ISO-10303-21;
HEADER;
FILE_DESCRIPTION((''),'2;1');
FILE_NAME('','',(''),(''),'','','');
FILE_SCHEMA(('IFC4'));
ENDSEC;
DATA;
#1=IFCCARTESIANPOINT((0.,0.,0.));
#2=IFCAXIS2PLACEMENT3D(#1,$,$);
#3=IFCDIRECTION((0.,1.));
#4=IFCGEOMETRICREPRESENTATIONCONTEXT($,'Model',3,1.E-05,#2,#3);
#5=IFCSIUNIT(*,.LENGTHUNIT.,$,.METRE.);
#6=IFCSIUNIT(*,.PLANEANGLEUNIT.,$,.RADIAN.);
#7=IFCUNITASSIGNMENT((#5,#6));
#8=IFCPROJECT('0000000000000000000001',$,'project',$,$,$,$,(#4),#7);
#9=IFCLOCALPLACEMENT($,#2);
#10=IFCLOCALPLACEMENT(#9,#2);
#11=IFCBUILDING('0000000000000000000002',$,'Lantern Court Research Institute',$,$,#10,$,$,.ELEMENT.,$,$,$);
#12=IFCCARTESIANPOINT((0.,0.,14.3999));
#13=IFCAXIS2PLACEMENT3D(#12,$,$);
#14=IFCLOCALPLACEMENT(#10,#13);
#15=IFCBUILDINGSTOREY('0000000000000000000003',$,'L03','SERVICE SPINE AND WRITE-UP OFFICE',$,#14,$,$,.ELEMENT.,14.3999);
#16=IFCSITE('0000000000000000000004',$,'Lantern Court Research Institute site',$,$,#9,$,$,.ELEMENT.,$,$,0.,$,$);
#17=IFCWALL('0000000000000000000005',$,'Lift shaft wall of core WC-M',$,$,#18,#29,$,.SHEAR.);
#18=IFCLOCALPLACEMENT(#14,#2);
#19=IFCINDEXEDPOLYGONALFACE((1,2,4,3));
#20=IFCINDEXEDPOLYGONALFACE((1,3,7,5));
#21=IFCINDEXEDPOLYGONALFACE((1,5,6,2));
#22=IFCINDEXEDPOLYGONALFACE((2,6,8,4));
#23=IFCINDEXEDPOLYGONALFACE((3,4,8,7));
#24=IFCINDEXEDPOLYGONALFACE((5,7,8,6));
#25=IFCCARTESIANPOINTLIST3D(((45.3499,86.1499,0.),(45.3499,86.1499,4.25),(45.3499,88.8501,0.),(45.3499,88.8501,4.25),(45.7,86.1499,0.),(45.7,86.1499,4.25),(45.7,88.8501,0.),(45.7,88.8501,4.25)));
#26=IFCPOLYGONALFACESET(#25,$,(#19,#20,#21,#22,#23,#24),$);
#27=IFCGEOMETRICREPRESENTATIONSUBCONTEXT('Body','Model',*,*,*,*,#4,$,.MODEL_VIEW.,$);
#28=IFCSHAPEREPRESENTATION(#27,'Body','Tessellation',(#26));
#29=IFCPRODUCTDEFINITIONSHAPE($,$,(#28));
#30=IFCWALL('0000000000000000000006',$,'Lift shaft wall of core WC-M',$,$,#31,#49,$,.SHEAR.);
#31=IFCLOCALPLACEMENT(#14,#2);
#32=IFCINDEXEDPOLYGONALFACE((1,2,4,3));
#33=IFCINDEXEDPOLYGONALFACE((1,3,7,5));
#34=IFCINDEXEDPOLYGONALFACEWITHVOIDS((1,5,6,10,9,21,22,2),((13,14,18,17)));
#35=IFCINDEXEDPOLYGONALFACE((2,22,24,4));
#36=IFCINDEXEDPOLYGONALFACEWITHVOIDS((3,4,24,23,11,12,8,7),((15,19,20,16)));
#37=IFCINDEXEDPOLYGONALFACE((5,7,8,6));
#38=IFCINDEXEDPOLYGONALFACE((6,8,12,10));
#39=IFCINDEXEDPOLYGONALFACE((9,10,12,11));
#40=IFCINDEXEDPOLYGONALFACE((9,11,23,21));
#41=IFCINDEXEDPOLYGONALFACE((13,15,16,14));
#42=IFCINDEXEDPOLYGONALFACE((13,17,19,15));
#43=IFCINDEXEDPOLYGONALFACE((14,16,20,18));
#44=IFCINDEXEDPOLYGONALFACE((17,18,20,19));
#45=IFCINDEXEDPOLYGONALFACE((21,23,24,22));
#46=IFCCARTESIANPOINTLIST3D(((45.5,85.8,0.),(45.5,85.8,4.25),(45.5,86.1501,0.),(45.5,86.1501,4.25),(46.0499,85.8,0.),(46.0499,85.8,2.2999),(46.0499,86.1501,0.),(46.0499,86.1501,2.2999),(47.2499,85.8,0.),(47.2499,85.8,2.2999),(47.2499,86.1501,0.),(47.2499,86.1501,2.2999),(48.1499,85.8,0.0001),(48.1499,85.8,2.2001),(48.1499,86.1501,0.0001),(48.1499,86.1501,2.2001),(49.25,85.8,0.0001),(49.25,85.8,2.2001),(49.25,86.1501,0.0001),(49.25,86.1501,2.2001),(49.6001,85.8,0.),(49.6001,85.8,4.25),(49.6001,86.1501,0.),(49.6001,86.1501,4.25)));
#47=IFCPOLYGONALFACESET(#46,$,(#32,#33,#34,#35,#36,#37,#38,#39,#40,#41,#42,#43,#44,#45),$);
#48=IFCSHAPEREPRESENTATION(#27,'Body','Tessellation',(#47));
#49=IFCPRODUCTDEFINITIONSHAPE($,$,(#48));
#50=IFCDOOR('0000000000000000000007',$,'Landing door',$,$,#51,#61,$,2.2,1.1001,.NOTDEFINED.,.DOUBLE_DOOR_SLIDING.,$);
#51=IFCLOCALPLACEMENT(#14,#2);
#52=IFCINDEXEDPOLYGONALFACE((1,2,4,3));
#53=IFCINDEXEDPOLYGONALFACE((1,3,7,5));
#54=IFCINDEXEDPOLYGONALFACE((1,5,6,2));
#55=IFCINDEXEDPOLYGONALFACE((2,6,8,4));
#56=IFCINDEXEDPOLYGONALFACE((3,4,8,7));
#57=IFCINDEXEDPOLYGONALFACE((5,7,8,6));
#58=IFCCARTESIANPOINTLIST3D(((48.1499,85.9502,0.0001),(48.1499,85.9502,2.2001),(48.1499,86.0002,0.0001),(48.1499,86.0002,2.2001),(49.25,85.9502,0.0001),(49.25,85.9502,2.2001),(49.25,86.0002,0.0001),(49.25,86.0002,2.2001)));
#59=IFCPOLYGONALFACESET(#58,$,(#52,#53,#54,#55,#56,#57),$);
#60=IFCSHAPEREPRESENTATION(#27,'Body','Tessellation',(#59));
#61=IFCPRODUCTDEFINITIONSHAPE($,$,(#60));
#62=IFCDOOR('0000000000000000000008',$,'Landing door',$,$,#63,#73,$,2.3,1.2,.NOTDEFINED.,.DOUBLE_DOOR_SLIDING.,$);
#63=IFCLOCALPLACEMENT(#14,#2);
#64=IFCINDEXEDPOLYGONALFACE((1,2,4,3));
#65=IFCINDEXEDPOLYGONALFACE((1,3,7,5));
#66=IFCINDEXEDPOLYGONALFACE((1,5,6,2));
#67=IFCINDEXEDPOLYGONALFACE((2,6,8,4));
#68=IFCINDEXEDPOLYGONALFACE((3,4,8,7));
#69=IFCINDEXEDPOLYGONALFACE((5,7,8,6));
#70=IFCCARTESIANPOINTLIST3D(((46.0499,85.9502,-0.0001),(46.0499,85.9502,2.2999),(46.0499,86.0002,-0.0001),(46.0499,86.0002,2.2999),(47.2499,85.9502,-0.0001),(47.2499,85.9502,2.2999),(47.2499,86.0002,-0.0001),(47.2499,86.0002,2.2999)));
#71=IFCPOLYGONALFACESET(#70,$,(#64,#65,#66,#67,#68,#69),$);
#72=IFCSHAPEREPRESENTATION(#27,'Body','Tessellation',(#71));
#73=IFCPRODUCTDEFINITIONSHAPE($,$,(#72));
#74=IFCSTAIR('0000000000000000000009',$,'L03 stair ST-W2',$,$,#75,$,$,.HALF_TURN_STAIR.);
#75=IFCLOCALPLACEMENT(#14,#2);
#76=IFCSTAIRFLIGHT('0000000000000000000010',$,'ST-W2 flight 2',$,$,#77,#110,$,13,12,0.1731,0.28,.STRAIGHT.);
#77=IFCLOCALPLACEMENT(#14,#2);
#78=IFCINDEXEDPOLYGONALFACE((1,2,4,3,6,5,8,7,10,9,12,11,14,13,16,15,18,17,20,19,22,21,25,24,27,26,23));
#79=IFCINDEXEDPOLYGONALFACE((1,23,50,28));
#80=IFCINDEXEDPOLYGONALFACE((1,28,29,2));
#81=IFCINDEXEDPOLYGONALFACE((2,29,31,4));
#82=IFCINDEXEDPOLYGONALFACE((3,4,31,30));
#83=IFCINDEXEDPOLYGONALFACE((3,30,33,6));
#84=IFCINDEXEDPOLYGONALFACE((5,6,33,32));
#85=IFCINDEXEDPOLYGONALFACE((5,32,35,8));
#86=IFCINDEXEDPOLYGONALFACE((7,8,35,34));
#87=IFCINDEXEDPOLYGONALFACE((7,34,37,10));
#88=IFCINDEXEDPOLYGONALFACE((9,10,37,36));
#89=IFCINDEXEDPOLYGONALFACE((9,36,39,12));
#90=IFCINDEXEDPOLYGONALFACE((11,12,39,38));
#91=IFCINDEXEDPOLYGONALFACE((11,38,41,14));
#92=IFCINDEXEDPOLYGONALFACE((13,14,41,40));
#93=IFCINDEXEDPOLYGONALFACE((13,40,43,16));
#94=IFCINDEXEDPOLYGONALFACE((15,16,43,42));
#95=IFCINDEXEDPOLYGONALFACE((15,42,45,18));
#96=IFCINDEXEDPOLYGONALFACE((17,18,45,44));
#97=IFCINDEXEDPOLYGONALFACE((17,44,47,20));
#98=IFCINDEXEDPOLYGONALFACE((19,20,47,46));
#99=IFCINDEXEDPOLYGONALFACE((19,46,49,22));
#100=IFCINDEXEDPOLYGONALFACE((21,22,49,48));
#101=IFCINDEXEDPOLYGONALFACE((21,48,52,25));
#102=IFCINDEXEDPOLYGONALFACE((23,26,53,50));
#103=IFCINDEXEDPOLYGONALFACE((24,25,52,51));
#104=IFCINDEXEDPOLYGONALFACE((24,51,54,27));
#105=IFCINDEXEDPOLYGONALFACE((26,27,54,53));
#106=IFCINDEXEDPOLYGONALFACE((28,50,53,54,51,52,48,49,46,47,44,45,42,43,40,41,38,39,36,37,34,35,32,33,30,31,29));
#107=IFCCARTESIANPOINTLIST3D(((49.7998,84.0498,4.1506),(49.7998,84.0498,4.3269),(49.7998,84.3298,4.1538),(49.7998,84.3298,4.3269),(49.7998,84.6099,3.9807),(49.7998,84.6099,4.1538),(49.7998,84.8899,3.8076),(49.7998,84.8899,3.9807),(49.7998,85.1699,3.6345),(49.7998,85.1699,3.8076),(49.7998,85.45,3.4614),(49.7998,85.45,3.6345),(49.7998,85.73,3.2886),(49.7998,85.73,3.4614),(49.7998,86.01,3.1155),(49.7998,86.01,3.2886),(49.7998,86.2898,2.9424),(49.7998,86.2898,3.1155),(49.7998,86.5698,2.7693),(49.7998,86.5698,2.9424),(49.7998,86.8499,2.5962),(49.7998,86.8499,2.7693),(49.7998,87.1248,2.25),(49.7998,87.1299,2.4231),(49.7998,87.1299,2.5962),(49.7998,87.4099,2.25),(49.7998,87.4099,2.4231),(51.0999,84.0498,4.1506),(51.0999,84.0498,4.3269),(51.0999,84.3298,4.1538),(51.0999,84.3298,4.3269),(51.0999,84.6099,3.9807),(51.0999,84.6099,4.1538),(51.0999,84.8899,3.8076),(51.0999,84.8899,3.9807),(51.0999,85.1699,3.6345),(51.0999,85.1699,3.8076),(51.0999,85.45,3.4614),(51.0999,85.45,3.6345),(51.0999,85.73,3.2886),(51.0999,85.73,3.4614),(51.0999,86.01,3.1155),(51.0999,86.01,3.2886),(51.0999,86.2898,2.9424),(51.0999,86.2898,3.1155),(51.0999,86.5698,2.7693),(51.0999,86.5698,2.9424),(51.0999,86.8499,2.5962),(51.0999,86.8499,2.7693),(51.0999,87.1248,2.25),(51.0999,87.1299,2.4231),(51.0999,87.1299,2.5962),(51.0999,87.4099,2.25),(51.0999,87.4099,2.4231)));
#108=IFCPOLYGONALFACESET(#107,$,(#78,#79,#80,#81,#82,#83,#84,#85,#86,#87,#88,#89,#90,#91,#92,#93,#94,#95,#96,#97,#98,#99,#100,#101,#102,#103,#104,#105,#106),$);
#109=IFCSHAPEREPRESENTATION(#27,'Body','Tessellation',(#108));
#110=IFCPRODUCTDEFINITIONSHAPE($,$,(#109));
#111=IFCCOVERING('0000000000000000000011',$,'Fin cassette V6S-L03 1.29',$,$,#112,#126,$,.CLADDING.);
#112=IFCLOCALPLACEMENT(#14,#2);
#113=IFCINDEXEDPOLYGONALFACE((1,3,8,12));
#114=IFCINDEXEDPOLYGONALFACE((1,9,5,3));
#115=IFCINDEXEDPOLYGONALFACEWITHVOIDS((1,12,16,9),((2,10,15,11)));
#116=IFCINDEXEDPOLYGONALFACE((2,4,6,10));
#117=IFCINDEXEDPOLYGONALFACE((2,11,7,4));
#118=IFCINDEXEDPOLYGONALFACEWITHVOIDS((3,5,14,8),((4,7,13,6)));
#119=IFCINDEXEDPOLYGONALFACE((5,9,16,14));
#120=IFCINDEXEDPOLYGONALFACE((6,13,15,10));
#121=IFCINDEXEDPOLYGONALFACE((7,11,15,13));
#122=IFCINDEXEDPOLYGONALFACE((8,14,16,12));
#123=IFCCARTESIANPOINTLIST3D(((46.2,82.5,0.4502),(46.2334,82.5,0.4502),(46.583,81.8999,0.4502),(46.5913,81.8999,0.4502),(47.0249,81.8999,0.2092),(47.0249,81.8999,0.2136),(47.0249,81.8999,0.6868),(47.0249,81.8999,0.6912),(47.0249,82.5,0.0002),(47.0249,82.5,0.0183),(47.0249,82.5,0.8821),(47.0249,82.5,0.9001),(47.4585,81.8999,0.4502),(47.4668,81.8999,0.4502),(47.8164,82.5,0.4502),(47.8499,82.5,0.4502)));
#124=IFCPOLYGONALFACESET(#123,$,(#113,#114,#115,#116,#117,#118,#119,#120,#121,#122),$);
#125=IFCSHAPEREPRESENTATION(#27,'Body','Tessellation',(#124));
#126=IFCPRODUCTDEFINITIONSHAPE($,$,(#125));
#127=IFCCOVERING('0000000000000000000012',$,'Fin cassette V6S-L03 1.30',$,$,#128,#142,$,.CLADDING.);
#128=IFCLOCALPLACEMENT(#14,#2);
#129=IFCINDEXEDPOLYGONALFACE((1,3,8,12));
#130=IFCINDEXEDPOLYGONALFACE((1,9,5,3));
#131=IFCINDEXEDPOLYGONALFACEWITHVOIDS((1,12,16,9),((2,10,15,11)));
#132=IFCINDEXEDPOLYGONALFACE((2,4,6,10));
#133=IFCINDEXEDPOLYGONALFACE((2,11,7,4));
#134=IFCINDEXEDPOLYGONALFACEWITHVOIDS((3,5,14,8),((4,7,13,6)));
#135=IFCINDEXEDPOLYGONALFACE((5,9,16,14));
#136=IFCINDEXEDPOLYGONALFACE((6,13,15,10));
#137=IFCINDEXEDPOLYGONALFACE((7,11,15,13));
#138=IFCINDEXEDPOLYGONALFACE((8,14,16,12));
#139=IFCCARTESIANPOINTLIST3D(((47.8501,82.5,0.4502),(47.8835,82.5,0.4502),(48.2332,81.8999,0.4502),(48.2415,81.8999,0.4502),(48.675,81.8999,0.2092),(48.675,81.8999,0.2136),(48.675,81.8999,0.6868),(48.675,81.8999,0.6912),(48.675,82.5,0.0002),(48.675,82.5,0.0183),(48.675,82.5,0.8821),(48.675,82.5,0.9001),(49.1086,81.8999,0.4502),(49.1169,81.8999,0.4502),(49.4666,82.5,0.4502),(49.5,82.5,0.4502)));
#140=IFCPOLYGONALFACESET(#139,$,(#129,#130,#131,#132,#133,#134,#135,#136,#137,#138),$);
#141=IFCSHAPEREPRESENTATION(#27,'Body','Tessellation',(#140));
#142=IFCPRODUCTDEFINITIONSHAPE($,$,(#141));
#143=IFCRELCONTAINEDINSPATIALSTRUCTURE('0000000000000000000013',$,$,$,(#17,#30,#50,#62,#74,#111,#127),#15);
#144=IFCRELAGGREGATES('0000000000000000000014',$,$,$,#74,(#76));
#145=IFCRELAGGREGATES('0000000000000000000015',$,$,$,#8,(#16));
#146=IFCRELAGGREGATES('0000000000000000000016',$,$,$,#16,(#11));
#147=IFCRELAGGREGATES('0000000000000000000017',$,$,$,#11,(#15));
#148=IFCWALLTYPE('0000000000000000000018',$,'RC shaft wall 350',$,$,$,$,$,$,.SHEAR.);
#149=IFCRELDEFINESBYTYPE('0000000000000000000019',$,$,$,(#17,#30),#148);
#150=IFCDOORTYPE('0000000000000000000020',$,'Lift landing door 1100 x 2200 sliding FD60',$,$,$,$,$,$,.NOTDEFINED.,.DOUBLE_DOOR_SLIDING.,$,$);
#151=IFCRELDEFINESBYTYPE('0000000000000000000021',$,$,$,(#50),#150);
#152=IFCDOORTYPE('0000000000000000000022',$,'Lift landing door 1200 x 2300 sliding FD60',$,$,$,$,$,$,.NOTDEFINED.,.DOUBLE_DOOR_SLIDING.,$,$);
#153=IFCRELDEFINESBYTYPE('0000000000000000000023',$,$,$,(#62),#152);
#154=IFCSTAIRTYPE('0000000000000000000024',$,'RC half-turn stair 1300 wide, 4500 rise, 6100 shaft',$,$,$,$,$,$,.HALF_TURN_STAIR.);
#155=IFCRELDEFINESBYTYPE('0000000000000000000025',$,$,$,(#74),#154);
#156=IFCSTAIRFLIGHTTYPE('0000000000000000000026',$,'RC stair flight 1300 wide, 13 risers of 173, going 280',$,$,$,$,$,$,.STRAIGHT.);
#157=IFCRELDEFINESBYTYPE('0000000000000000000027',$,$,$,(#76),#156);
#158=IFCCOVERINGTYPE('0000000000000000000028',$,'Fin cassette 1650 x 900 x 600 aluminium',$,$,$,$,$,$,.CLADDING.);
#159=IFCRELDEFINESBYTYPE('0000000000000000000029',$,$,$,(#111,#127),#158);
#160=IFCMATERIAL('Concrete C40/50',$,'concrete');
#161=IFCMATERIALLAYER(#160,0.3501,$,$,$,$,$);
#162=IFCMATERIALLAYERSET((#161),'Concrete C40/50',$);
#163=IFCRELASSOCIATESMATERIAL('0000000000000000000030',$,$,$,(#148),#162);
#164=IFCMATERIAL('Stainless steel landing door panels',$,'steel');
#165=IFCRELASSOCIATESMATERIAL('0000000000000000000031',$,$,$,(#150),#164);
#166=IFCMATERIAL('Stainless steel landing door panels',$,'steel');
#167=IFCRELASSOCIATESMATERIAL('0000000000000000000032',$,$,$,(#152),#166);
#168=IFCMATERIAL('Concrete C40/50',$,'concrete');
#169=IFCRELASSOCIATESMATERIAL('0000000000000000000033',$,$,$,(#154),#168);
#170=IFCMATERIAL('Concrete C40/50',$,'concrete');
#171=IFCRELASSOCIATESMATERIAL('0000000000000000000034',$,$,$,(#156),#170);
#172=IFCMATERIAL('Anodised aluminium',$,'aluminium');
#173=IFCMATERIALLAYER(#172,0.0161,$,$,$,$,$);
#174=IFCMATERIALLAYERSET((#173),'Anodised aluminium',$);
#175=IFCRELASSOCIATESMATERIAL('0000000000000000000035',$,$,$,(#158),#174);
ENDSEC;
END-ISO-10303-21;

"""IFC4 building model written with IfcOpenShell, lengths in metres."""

from ifc_helpers import new_model, entity, si_unit, direction, frame, frame_2d, origin, place, context, subcontext, project, spatial, polyline, rectangle, outline, extrude, material, layer, layer_set, type_object, element, fill, aggregate, save


model = new_model("IFC4")

# Units and contexts
model_context = context("Model", 3, precision=1e-05, world=origin(), true_north=direction((0.0, 1.0)))
body_context = subcontext(model_context, "Body", "Model", "MODEL_VIEW")
ifc_project = project(units=[si_unit("LENGTHUNIT", "METRE"), si_unit("PLANEANGLEUNIT", "RADIAN")], contexts=[model_context])

# Site, building, storey
site_placement = place(None, origin())
site = spatial("IfcSite", under=ifc_project, at=site_placement, Name="Lantern Court Research Institute site", CompositionType="ELEMENT", RefElevation=0.0)
building_placement = place(site_placement, origin())
building = spatial("IfcBuilding", under=site, at=building_placement, Name="Lantern Court Research Institute", CompositionType="ELEMENT")
storey_placement = place(building_placement, frame((0.0, 0.0, 14.3999)))
storey = spatial("IfcBuildingStorey", under=building, at=storey_placement, Name="L03", Description="SERVICE SPINE AND WRITE-UP OFFICE", CompositionType="ELEMENT", Elevation=14.3999)

# Wall
ifc_material_1 = material(Name="Concrete C40/50", Category="concrete")
ifc_layer_1 = layer(ifc_material_1, 0.3501)
ifc_layer_set_1 = layer_set([ifc_layer_1], Name="Concrete C40/50")
wall_type = type_object("IfcWallType", Name="RC shaft wall 350", PredefinedType="SHEAR", material=ifc_layer_set_1)
wall_1_placement = place(storey_placement, frame((45.5249, 88.8501, 0.0), z_axis=(0.0, 0.0, 1.0), x_axis=(0.0, -1.0, 0.0)))
element("IfcWall", 1, at=wall_1_placement, inside=storey, type_object=wall_type, Name="Lift shaft wall of core WC-M", PredefinedType="SHEAR", context=body_context, shape_type="SweptSolid", body=[
    extrude(rectangle(XDim=2.7002, YDim=0.3501, at=frame_2d((1.3501, 0.0))), origin(), (0.0, 0.0, 1.0), 4.25),
])

# Wall, openings, doors
wall_2_placement = place(storey_placement, frame((49.6001, 85.9751, 0.0), z_axis=(0.0, 0.0, 1.0), x_axis=(-1.0, 0.0, 0.0)))
wall_2 = element("IfcWall", 2, at=wall_2_placement, inside=storey, type_object=wall_type, Name="Lift shaft wall of core WC-M", PredefinedType="SHEAR", context=body_context, shape_type="SweptSolid", body=[
    extrude(rectangle(XDim=4.1001, YDim=0.3501, at=frame_2d((2.05, 0.0))), origin(), (0.0, 0.0, 1.0), 4.25),
])
opening_1_placement = place(wall_2_placement, frame((0.3501, 0.0, 0.0)))
opening_1 = element("IfcOpeningElement", 3, at=opening_1_placement, cuts=wall_2, PredefinedType="OPENING", context=body_context, shape_type="SweptSolid", body=[
    extrude(rectangle(XDim=1.1001, YDim=2.2, at=frame_2d((0.55, 1.1001))), frame((0.0, 0.1851, 0.0), z_axis=(0.0, -1.0, 0.0), x_axis=(1.0, 0.0, 0.0)), (0.0, 0.0, 1.0), 0.3701),
])
opening_2_placement = place(wall_2_placement, frame((2.3501, 0.0, 0.0)))
opening_2 = element("IfcOpeningElement", 4, at=opening_2_placement, cuts=wall_2, PredefinedType="OPENING", context=body_context, shape_type="SweptSolid", body=[
    extrude(rectangle(XDim=1.2, YDim=2.3, at=frame_2d((0.6001, 1.1499))), frame((0.0, 0.1851, 0.0), z_axis=(0.0, -1.0, 0.0), x_axis=(1.0, 0.0, 0.0)), (0.0, 0.0, 1.0), 0.3701),
])
ifc_material_2 = material(Name="Stainless steel landing door panels", Category="steel")
door_type_1 = type_object("IfcDoorType", Name="Lift landing door 1100 x 2200 sliding FD60", OperationType="DOUBLE_DOOR_SLIDING", PredefinedType="NOTDEFINED", material=ifc_material_2)
door_1_placement = place(opening_1_placement, origin())
door_1 = element("IfcDoor", 5, at=door_1_placement, inside=storey, type_object=door_type_1, Name="Landing door", OperationType="DOUBLE_DOOR_SLIDING", OverallHeight=2.2, OverallWidth=1.1001, PredefinedType="NOTDEFINED", context=body_context, shape_type="SweptSolid", body=[
    extrude(rectangle(XDim=1.1001, YDim=2.2, at=frame_2d((0.55, 1.1001))), frame((0.0, 0.0249, 0.0), z_axis=(0.0, -1.0, 0.0), x_axis=(1.0, 0.0, 0.0)), (0.0, 0.0, 1.0), 0.05),
])
fill(opening_1, door_1)
ifc_material_3 = material(Name="Stainless steel landing door panels", Category="steel")
door_type_2 = type_object("IfcDoorType", Name="Lift landing door 1200 x 2300 sliding FD60", OperationType="DOUBLE_DOOR_SLIDING", PredefinedType="NOTDEFINED", material=ifc_material_3)
door_2_placement = place(opening_2_placement, origin())
door_2 = element("IfcDoor", 6, at=door_2_placement, inside=storey, type_object=door_type_2, Name="Landing door", OperationType="DOUBLE_DOOR_SLIDING", OverallHeight=2.3, OverallWidth=1.2, PredefinedType="NOTDEFINED", context=body_context, shape_type="SweptSolid", body=[
    extrude(rectangle(XDim=1.2, YDim=2.3, at=frame_2d((0.6001, 1.1499))), frame((0.0, 0.0249, 0.0), z_axis=(0.0, -1.0, 0.0), x_axis=(1.0, 0.0, 0.0)), (0.0, 0.0, 1.0), 0.05),
])
fill(opening_2, door_2)

# Stair, stair flight
ifc_material_4 = material(Name="Concrete C40/50", Category="concrete")
stair_type = type_object("IfcStairType", Name="RC half-turn stair 1300 wide, 4500 rise, 6100 shaft", PredefinedType="HALF_TURN_STAIR", material=ifc_material_4)
stair_placement = place(storey_placement, origin())
stair = element("IfcStair", 7, at=stair_placement, inside=storey, type_object=stair_type, Name="L03 stair ST-W2", PredefinedType="HALF_TURN_STAIR")
ifc_material_5 = material(Name="Concrete C40/50", Category="concrete")
stair_flight_type = type_object("IfcStairFlightType", Name="RC stair flight 1300 wide, 13 risers of 173, going 280", PredefinedType="STRAIGHT", material=ifc_material_5)
stair_flight_placement = place(storey_placement, frame((50.45, 87.4099, 2.25), z_axis=(0.0, 0.0, 1.0), x_axis=(0.0, -1.0, 0.0)))
stair_flight = element("IfcStairFlight", 8, at=stair_flight_placement, type_object=stair_flight_type, Name="ST-W2 flight 2", NumberOfRisers=13, NumberOfTreads=12, PredefinedType="STRAIGHT", RiserHeight=0.1731, TreadLength=0.28, context=body_context, shape_type="SweptSolid", body=[
    extrude(outline(polyline([(0.0, 0.0), (0.0, 0.1731), (0.28, 0.1731), (0.28, 0.3462), (0.5601, 0.3462), (0.5601, 0.5193), (0.8401, 0.5193), (0.8401, 0.6924), (1.1201, 0.6924), (1.1201, 0.8655), (1.3999, 0.8655), (1.3999, 1.0386), (1.6799, 1.0386), (1.6799, 1.2114), (1.96, 1.2114), (1.96, 1.3845), (2.24, 1.3845), (2.24, 1.5576), (2.52, 1.5576), (2.52, 1.7307), (2.8, 1.7307), (2.8, 1.9038), (3.0801, 1.9038), (3.0801, 2.0769), (3.3601, 2.0769), (3.3601, 2.25), (3.3601, 1.9006), (0.2852, 0.0), (0.0, 0.0)])), frame((0.0, 0.6499, 0.0), z_axis=(0.0, -1.0, 0.0), x_axis=(1.0, 0.0, 0.0)), (0.0, 0.0, 1.0), 1.3),
])
aggregate(stair, [stair_flight])

# Coverings
ifc_material_6 = material(Name="Anodised aluminium", Category="aluminium")
ifc_layer_2 = layer(ifc_material_6, 0.0161)
ifc_layer_set_2 = layer_set([ifc_layer_2], Name="Anodised aluminium")
covering_type = type_object("IfcCoveringType", Name="Fin cassette 1650 x 900 x 600 aluminium", PredefinedType="CLADDING", material=ifc_layer_set_2)
covering_1_placement = place(storey_placement, frame((47.0249, 82.5, 0.4502), z_axis=(0.0, -1.0, 0.0), x_axis=(1.0, 0.0, 0.0)))
cartesian_point_1 = entity("IfcCartesianPoint", [0.825, 0.0])
cartesian_point_2 = entity("IfcCartesianPoint", [0.7915, 0.0])
cartesian_point_3 = entity("IfcCartesianPoint", [0.4419, 0.0])
cartesian_point_4 = entity("IfcCartesianPoint", [0.4336, 0.0])
element("IfcCovering", 9, at=covering_1_placement, inside=storey, type_object=covering_type, Name="Fin cassette V6S-L03 1.29", PredefinedType="CLADDING", context=body_context, shape_type="SweptSolid", body=[
    entity("IfcExtrudedAreaSolidTapered", entity("IfcArbitraryProfileDefWithVoids", "AREA", None, entity("IfcPolyline", [cartesian_point_1, entity("IfcCartesianPoint", [0.0, 0.45]), entity("IfcCartesianPoint", [-0.825, 0.0]), entity("IfcCartesianPoint", [0.0, -0.45]), cartesian_point_1]), [entity("IfcPolyline", [cartesian_point_2, entity("IfcCartesianPoint", [0.0, 0.4319]), entity("IfcCartesianPoint", [-0.7915, 0.0]), entity("IfcCartesianPoint", [0.0, -0.4319]), cartesian_point_2])]), entity("IfcAxis2Placement3D", entity("IfcCartesianPoint", [0.0, 0.0, 0.0])), entity("IfcDirection", [0.0, 0.0, 1.0]), 0.6001, entity("IfcArbitraryProfileDefWithVoids", "AREA", None, entity("IfcPolyline", [cartesian_point_3, entity("IfcCartesianPoint", [0.0, 0.241]), entity("IfcCartesianPoint", [-0.4419, 0.0]), entity("IfcCartesianPoint", [0.0, -0.241]), cartesian_point_3]), [entity("IfcPolyline", [cartesian_point_4, entity("IfcCartesianPoint", [0.0, 0.2366]), entity("IfcCartesianPoint", [-0.4336, 0.0]), entity("IfcCartesianPoint", [0.0, -0.2366]), cartesian_point_4])])),
])
covering_2_placement = place(storey_placement, frame((48.675, 82.5, 0.4502), z_axis=(0.0, -1.0, 0.0), x_axis=(1.0, 0.0, 0.0)))
cartesian_point_5 = entity("IfcCartesianPoint", [0.825, 0.0])
cartesian_point_6 = entity("IfcCartesianPoint", [0.7915, 0.0])
cartesian_point_7 = entity("IfcCartesianPoint", [0.4419, 0.0])
cartesian_point_8 = entity("IfcCartesianPoint", [0.4336, 0.0])
element("IfcCovering", 10, at=covering_2_placement, inside=storey, type_object=covering_type, Name="Fin cassette V6S-L03 1.30", PredefinedType="CLADDING", context=body_context, shape_type="SweptSolid", body=[
    entity("IfcExtrudedAreaSolidTapered", entity("IfcArbitraryProfileDefWithVoids", "AREA", None, entity("IfcPolyline", [cartesian_point_5, entity("IfcCartesianPoint", [0.0, 0.45]), entity("IfcCartesianPoint", [-0.825, 0.0]), entity("IfcCartesianPoint", [0.0, -0.45]), cartesian_point_5]), [entity("IfcPolyline", [cartesian_point_6, entity("IfcCartesianPoint", [0.0, 0.4319]), entity("IfcCartesianPoint", [-0.7915, 0.0]), entity("IfcCartesianPoint", [0.0, -0.4319]), cartesian_point_6])]), entity("IfcAxis2Placement3D", entity("IfcCartesianPoint", [0.0, 0.0, 0.0])), entity("IfcDirection", [0.0, 0.0, 1.0]), 0.6001, entity("IfcArbitraryProfileDefWithVoids", "AREA", None, entity("IfcPolyline", [cartesian_point_7, entity("IfcCartesianPoint", [0.0, 0.241]), entity("IfcCartesianPoint", [-0.4419, 0.0]), entity("IfcCartesianPoint", [0.0, -0.241]), cartesian_point_7]), [entity("IfcPolyline", [cartesian_point_8, entity("IfcCartesianPoint", [0.0, 0.2366]), entity("IfcCartesianPoint", [-0.4336, 0.0]), entity("IfcCartesianPoint", [0.0, -0.2366]), cartesian_point_8])])),
])

save(model, "model.ifc")
